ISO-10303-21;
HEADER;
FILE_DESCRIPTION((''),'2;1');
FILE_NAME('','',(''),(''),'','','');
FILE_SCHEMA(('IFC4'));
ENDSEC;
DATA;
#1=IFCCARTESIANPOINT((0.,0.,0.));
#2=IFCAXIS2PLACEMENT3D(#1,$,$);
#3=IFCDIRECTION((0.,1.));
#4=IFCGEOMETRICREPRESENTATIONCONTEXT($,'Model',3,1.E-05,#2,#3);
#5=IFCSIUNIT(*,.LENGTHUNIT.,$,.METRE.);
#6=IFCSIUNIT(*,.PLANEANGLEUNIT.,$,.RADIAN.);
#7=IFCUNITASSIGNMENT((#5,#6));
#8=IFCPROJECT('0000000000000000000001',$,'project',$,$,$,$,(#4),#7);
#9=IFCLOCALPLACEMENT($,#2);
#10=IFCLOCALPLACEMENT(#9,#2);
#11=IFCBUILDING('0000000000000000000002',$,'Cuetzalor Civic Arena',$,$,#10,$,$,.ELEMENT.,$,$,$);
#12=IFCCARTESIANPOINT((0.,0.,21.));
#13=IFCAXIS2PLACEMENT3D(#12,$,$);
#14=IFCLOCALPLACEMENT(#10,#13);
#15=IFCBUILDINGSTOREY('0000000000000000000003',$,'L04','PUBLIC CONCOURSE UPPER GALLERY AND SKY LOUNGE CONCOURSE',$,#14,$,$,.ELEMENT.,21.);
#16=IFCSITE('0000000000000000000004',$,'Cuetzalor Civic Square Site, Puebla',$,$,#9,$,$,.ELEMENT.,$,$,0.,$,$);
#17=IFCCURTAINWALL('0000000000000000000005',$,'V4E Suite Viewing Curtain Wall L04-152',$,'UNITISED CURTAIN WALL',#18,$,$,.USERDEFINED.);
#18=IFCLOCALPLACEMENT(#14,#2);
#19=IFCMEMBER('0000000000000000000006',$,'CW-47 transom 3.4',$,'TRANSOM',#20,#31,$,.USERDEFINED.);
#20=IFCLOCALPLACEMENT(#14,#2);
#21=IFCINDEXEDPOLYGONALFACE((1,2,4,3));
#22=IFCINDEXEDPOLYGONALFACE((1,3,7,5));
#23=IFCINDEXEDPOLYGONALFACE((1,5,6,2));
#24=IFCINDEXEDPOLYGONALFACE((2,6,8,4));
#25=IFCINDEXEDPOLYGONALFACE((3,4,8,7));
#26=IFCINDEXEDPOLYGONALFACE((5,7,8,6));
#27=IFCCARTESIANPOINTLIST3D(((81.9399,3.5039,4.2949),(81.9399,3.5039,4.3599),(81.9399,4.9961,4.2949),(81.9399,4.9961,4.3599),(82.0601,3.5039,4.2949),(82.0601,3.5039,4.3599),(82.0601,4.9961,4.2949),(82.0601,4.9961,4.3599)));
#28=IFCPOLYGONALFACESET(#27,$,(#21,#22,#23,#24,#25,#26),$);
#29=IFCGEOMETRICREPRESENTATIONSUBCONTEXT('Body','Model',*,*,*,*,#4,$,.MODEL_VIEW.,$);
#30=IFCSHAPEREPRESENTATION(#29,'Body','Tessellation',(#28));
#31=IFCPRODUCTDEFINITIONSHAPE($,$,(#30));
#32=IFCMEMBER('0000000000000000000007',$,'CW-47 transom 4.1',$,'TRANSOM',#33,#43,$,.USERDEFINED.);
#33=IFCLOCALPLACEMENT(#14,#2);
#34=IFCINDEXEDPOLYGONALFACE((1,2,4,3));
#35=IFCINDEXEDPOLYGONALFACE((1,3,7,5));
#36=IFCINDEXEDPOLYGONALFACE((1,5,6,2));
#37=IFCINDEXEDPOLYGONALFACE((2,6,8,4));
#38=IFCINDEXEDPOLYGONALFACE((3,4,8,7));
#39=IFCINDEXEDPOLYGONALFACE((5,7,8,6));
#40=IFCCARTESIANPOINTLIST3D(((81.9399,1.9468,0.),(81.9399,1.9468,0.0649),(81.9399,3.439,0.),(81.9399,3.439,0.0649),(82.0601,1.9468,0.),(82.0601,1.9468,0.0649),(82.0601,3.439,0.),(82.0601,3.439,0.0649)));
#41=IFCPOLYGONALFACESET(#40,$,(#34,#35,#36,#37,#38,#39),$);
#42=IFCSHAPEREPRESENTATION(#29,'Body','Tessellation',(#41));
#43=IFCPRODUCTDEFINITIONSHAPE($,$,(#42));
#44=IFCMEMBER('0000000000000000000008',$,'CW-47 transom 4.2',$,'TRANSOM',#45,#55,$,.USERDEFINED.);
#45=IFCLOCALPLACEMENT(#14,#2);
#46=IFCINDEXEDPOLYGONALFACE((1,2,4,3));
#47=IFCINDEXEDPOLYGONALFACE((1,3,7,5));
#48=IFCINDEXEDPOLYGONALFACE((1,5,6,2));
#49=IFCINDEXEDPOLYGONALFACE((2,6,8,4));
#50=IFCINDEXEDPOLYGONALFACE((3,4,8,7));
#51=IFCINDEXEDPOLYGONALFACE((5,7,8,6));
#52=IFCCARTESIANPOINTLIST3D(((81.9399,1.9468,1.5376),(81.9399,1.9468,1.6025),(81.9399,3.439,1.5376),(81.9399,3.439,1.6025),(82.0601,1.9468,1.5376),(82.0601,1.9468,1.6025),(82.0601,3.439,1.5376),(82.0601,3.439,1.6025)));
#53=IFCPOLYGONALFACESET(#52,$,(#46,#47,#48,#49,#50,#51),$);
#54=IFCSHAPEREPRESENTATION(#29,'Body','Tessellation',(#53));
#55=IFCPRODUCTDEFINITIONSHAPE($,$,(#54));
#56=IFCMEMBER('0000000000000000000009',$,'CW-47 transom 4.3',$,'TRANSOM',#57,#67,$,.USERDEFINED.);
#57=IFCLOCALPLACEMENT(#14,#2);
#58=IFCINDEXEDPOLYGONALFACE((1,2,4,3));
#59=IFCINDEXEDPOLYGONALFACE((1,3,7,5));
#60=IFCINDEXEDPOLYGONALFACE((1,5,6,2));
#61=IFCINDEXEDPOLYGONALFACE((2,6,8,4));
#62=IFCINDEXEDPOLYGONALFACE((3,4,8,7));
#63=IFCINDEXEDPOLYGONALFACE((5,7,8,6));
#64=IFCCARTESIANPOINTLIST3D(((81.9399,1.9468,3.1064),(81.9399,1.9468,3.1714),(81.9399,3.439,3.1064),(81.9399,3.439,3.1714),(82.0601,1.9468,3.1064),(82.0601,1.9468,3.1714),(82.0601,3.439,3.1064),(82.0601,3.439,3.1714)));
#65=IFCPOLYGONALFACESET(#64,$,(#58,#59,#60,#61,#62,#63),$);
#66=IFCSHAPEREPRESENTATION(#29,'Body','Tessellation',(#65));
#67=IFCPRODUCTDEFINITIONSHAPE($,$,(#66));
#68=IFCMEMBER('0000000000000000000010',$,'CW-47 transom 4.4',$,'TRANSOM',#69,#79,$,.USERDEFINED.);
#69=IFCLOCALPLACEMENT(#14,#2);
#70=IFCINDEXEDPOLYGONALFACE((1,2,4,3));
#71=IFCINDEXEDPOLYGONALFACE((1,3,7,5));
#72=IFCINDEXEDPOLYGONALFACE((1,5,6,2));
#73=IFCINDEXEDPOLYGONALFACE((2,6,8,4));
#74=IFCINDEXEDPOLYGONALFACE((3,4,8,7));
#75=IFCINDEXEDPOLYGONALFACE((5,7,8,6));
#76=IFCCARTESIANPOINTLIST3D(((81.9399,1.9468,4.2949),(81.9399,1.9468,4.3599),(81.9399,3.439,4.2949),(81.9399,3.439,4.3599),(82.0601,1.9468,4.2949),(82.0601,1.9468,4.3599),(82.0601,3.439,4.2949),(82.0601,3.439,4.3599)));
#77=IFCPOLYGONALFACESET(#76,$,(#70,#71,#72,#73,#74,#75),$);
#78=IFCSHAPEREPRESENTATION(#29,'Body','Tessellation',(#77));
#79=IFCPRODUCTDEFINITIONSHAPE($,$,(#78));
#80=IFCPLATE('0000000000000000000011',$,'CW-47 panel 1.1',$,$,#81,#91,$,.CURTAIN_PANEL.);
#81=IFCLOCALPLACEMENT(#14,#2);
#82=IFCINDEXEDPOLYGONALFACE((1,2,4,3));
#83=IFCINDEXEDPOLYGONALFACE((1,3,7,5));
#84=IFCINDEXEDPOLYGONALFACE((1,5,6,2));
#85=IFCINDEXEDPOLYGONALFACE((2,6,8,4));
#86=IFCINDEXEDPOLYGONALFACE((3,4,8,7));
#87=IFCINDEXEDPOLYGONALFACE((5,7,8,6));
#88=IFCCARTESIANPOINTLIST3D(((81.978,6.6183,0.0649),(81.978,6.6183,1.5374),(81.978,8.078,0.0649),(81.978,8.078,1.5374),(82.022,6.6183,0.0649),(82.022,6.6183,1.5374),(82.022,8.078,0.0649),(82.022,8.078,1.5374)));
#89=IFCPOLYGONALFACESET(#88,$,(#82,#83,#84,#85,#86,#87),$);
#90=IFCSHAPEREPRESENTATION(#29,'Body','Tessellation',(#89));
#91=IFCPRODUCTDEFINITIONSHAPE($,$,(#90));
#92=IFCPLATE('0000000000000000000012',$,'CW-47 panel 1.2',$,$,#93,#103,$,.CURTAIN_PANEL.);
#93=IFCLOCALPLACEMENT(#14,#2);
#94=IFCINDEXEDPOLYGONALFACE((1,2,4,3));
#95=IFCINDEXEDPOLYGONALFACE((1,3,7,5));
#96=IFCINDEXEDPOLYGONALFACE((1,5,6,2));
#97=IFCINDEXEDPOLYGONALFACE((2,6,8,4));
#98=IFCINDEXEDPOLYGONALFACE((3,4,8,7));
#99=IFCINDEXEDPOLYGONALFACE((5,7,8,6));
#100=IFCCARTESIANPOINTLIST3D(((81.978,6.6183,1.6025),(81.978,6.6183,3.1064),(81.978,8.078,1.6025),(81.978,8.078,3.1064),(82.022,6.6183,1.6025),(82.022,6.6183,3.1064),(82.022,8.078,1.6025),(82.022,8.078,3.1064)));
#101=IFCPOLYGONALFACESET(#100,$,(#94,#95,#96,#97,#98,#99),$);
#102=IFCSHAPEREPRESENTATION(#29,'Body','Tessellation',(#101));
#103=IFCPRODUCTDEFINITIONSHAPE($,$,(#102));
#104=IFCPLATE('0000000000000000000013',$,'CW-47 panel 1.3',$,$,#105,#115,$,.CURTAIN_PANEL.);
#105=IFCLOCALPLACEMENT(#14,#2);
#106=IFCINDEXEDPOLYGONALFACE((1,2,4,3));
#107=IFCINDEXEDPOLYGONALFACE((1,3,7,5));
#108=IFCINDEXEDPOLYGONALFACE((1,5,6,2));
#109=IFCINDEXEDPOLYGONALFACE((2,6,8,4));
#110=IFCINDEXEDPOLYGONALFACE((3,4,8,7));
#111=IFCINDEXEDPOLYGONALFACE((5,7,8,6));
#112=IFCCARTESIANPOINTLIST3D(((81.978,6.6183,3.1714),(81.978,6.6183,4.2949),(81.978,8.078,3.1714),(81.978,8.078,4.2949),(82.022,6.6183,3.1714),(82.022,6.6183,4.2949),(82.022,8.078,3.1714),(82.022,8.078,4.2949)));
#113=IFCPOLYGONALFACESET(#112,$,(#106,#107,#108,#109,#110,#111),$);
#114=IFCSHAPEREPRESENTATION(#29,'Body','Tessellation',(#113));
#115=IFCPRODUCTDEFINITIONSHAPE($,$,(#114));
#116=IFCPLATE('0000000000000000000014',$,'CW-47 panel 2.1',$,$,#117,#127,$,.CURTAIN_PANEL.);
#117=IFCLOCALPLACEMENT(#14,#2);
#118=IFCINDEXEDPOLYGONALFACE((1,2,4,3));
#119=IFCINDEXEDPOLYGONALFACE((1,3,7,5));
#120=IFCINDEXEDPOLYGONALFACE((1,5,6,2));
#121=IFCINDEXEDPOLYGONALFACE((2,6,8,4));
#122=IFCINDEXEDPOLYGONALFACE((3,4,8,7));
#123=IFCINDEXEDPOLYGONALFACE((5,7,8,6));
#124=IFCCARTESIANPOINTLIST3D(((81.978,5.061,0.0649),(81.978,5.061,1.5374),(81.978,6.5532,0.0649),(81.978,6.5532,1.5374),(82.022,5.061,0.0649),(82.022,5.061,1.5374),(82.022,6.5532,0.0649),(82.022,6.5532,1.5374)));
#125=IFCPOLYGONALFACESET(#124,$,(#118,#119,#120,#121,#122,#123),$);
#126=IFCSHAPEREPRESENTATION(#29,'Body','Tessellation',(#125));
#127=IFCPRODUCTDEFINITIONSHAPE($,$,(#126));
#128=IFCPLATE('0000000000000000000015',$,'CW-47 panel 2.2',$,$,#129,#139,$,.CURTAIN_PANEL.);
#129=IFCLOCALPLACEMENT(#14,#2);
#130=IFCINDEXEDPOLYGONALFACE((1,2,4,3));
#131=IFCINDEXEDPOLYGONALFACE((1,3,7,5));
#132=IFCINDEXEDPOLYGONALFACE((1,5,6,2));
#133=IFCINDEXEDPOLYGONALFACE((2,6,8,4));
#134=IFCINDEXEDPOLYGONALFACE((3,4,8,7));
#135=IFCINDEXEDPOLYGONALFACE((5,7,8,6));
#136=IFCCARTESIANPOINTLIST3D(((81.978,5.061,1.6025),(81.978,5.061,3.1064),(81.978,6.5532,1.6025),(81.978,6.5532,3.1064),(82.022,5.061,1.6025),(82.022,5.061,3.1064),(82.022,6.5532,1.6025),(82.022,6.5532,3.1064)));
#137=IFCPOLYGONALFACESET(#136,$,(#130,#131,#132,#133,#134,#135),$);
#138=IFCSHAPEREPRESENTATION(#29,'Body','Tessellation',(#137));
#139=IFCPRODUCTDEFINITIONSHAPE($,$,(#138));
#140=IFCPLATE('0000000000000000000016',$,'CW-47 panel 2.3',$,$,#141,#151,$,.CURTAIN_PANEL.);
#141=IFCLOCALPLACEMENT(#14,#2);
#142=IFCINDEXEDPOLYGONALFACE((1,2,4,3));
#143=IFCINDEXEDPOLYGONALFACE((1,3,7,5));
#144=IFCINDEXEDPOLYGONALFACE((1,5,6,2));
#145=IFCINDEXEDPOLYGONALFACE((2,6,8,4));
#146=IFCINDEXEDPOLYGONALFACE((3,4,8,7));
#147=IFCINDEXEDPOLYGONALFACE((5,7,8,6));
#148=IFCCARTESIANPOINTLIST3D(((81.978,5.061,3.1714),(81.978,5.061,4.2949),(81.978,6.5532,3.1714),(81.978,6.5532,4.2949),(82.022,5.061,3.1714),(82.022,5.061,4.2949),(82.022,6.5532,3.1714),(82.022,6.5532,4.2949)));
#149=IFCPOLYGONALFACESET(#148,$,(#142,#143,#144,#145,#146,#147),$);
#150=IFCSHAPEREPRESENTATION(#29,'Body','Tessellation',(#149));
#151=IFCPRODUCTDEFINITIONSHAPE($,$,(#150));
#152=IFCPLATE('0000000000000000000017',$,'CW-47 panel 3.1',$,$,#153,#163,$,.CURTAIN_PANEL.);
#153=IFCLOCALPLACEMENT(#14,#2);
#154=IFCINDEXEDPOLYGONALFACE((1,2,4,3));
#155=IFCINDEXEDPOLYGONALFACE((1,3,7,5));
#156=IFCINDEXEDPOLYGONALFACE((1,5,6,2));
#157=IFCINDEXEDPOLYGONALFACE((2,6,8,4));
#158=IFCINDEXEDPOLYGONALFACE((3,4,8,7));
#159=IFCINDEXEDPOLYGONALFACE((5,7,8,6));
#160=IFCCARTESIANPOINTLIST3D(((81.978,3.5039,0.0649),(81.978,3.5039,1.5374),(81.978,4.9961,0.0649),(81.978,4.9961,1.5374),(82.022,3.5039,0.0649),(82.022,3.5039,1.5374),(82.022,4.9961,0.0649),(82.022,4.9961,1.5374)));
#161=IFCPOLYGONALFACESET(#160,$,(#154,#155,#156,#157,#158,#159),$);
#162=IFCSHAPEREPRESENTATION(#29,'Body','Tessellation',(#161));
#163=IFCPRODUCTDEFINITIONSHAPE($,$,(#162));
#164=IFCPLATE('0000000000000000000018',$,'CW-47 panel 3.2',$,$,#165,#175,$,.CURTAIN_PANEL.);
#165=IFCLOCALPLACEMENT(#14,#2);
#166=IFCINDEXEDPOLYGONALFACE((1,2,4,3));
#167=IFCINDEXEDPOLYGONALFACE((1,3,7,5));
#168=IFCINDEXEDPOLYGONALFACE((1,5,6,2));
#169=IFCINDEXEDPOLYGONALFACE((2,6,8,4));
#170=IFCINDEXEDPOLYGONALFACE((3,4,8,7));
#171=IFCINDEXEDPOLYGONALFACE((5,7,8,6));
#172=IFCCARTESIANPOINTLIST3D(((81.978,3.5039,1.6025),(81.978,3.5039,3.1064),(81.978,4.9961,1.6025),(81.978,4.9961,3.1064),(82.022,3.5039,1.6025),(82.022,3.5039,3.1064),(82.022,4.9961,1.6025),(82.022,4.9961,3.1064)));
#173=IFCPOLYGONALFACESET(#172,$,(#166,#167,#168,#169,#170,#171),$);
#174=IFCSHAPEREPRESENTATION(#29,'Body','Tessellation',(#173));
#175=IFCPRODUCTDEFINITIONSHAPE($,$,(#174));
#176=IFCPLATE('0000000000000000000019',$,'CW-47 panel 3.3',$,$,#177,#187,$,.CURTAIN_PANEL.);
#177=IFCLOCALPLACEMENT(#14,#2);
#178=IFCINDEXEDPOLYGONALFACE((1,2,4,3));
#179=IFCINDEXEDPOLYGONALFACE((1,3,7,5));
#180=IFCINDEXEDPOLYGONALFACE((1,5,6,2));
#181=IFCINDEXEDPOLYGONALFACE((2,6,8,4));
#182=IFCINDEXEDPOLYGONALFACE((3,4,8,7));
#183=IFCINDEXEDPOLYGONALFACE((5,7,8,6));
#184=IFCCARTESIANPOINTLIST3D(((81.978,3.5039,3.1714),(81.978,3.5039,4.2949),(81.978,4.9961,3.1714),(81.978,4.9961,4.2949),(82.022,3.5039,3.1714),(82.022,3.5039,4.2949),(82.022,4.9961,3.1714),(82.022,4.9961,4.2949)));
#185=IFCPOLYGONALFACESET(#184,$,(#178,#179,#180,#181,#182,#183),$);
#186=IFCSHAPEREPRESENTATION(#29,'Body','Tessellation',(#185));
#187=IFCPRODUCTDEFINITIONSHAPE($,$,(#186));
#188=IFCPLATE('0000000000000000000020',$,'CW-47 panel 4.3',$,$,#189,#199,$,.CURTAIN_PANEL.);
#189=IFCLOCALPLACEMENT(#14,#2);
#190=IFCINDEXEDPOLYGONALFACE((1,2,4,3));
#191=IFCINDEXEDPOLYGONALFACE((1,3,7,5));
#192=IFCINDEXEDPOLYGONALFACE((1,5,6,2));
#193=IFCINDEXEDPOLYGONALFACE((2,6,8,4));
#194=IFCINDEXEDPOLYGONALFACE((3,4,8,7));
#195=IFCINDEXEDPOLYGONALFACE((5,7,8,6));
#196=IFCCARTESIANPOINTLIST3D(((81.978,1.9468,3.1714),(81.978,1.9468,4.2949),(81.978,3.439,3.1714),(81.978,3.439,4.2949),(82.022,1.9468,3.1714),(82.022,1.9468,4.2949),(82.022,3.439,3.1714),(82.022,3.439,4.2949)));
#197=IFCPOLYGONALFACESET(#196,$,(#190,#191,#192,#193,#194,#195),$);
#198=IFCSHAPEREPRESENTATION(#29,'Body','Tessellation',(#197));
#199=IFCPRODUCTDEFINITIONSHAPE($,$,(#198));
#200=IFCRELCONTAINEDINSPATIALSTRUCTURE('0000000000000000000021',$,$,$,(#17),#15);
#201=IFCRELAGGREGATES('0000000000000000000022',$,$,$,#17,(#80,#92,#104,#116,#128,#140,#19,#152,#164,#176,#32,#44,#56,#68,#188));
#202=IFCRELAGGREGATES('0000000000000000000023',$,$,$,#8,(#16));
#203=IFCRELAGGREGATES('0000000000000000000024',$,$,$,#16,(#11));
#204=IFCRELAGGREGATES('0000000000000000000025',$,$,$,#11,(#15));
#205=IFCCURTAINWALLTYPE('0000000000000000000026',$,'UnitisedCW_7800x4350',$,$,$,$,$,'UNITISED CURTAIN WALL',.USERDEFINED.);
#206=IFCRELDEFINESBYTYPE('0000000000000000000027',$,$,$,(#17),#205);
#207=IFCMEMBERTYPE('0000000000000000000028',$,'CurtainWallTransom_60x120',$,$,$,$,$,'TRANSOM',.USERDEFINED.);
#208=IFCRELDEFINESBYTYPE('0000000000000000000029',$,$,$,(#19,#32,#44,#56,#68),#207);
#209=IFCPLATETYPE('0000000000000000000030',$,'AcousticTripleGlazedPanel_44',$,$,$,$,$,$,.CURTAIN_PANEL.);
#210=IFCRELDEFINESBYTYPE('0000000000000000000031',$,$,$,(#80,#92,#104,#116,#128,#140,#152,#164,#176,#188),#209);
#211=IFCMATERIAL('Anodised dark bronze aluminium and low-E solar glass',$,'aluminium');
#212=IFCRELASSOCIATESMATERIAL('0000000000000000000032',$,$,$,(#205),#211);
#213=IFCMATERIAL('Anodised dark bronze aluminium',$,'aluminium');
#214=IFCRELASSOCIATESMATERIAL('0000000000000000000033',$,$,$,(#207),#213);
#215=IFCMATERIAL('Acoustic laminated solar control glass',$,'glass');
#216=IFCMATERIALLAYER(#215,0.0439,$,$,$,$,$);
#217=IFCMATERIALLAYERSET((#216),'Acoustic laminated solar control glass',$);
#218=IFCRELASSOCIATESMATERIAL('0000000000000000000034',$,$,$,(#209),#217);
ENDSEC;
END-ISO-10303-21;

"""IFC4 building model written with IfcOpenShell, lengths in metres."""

from ifc_helpers import new_model, si_unit, direction, frame, origin, origin_2d, place, context, subcontext, project, spatial, rectangle, extrude, material, layer, layer_set, material_profile, profile_set, type_object, element, aggregate, save


model = new_model("IFC4")

# Units and contexts
model_context = context("Model", 3, precision=1e-05, world=origin(), true_north=direction((0.0, 1.0)))
body_context = subcontext(model_context, "Body", "Model", "MODEL_VIEW")
ifc_project = project(units=[si_unit("LENGTHUNIT", "METRE"), si_unit("PLANEANGLEUNIT", "RADIAN")], contexts=[model_context])

# Site, building, storey
site_placement = place(None, origin())
site = spatial("IfcSite", under=ifc_project, at=site_placement, Name="Cuetzalor Civic Square Site, Puebla", CompositionType="ELEMENT", RefElevation=0.0)
building_placement = place(site_placement, origin())
building = spatial("IfcBuilding", under=site, at=building_placement, Name="Cuetzalor Civic Arena", CompositionType="ELEMENT")
storey_placement = place(building_placement, frame((0.0, 0.0, 21.0)))
storey = spatial("IfcBuildingStorey", under=building, at=storey_placement, Name="L04", Description="PUBLIC CONCOURSE UPPER GALLERY AND SKY LOUNGE CONCOURSE", CompositionType="ELEMENT", Elevation=21.0)

# Curtain wall, members, plates
ifc_material_1 = material(Name="Anodised dark bronze aluminium and low-E solar glass", Category="aluminium")
curtain_wall_type = type_object("IfcCurtainWallType", Name="UnitisedCW_7800x4350", ElementType="UNITISED CURTAIN WALL", PredefinedType="USERDEFINED", material=ifc_material_1)
curtain_wall_placement = place(storey_placement, origin())
curtain_wall = element("IfcCurtainWall", 1, at=curtain_wall_placement, inside=storey, type_object=curtain_wall_type, Name="V4E Suite Viewing Curtain Wall L04-152", ObjectType="UNITISED CURTAIN WALL", PredefinedType="USERDEFINED")
ifc_material_2 = material(Name="Anodised dark bronze aluminium", Category="aluminium")
ifc_material_profile_1 = material_profile(ifc_material_2, rectangle(XDim=0.1201, YDim=0.0649, at=origin_2d()), Name="ALU TRANSOM 65x120")
ifc_profile_set_1 = profile_set([ifc_material_profile_1], Name="Anodised dark bronze aluminium")
member_type_1 = type_object("IfcMemberType", Name="CurtainWallTransom_60x120", ElementType="TRANSOM", PredefinedType="USERDEFINED", material=ifc_profile_set_1)
member_1_placement = place(storey_placement, frame((82.0, 4.9961, 4.3274), z_axis=(0.0, -1.0, 0.0), x_axis=(1.0, 0.0, 0.0)))
member_1 = element("IfcMember", 2, at=member_1_placement, type_object=member_type_1, Name="CW-47 transom 3.4", ObjectType="TRANSOM", PredefinedType="USERDEFINED", context=body_context, shape_type="SweptSolid", body=[
    extrude(rectangle(XDim=0.1201, YDim=0.0649, at=origin_2d()), origin(), (0.0, 0.0, 1.0), 1.4922),
])
member_2_placement = place(storey_placement, frame((82.0, 3.439, 0.0325), z_axis=(0.0, -1.0, 0.0), x_axis=(1.0, 0.0, 0.0)))
member_2 = element("IfcMember", 3, at=member_2_placement, type_object=member_type_1, Name="CW-47 transom 4.1", ObjectType="TRANSOM", PredefinedType="USERDEFINED", context=body_context, shape_type="SweptSolid", body=[
    extrude(rectangle(XDim=0.1201, YDim=0.0649, at=origin_2d()), origin(), (0.0, 0.0, 1.0), 1.4922),
])
member_3_placement = place(storey_placement, frame((82.0, 3.439, 1.5701), z_axis=(0.0, -1.0, 0.0), x_axis=(1.0, 0.0, 0.0)))
member_3 = element("IfcMember", 4, at=member_3_placement, type_object=member_type_1, Name="CW-47 transom 4.2", ObjectType="TRANSOM", PredefinedType="USERDEFINED", context=body_context, shape_type="SweptSolid", body=[
    extrude(rectangle(XDim=0.1201, YDim=0.0649, at=origin_2d()), origin(), (0.0, 0.0, 1.0), 1.4922),
])
member_4_placement = place(storey_placement, frame((82.0, 3.439, 3.1389), z_axis=(0.0, -1.0, 0.0), x_axis=(1.0, 0.0, 0.0)))
member_4 = element("IfcMember", 5, at=member_4_placement, type_object=member_type_1, Name="CW-47 transom 4.3", ObjectType="TRANSOM", PredefinedType="USERDEFINED", context=body_context, shape_type="SweptSolid", body=[
    extrude(rectangle(XDim=0.1201, YDim=0.0649, at=origin_2d()), origin(), (0.0, 0.0, 1.0), 1.4922),
])
member_5_placement = place(storey_placement, frame((82.0, 3.439, 4.3274), z_axis=(0.0, -1.0, 0.0), x_axis=(1.0, 0.0, 0.0)))
member_5 = element("IfcMember", 6, at=member_5_placement, type_object=member_type_1, Name="CW-47 transom 4.4", ObjectType="TRANSOM", PredefinedType="USERDEFINED", context=body_context, shape_type="SweptSolid", body=[
    extrude(rectangle(XDim=0.1201, YDim=0.0649, at=origin_2d()), origin(), (0.0, 0.0, 1.0), 1.4922),
])
ifc_material_3 = material(Name="Acoustic laminated solar control glass", Category="glass")
ifc_layer = layer(ifc_material_3, 0.0439)
ifc_layer_set = layer_set([ifc_layer], Name="Acoustic laminated solar control glass")
plate_type = type_object("IfcPlateType", Name="AcousticTripleGlazedPanel_44", PredefinedType="CURTAIN_PANEL", material=ifc_layer_set)
plate_1_placement = place(storey_placement, frame((82.0, 7.3481, 0.0649), z_axis=(0.0, 0.0, 1.0), x_axis=(0.0, -1.0, 0.0)))
plate_1 = element("IfcPlate", 7, at=plate_1_placement, type_object=plate_type, Name="CW-47 panel 1.1", PredefinedType="CURTAIN_PANEL", context=body_context, shape_type="SweptSolid", body=[
    extrude(rectangle(XDim=1.4597, YDim=0.0439, at=origin_2d()), origin(), (0.0, 0.0, 1.0), 1.4724),
])
plate_2_placement = place(storey_placement, frame((82.0, 7.3481, 1.6025), z_axis=(0.0, 0.0, 1.0), x_axis=(0.0, -1.0, 0.0)))
plate_2 = element("IfcPlate", 8, at=plate_2_placement, type_object=plate_type, Name="CW-47 panel 1.2", PredefinedType="CURTAIN_PANEL", context=body_context, shape_type="SweptSolid", body=[
    extrude(rectangle(XDim=1.4597, YDim=0.0439, at=origin_2d()), origin(), (0.0, 0.0, 1.0), 1.5039),
])
plate_3_placement = place(storey_placement, frame((82.0, 7.3481, 3.1714), z_axis=(0.0, 0.0, 1.0), x_axis=(0.0, -1.0, 0.0)))
plate_3 = element("IfcPlate", 9, at=plate_3_placement, type_object=plate_type, Name="CW-47 panel 1.3", PredefinedType="CURTAIN_PANEL", context=body_context, shape_type="SweptSolid", body=[
    extrude(rectangle(XDim=1.4597, YDim=0.0439, at=origin_2d()), origin(), (0.0, 0.0, 1.0), 1.1235),
])
plate_4_placement = place(storey_placement, frame((82.0, 5.8071, 0.0649), z_axis=(0.0, 0.0, 1.0), x_axis=(0.0, -1.0, 0.0)))
plate_4 = element("IfcPlate", 10, at=plate_4_placement, type_object=plate_type, Name="CW-47 panel 2.1", PredefinedType="CURTAIN_PANEL", context=body_context, shape_type="SweptSolid", body=[
    extrude(rectangle(XDim=1.4922, YDim=0.0439, at=origin_2d()), origin(), (0.0, 0.0, 1.0), 1.4724),
])
plate_5_placement = place(storey_placement, frame((82.0, 5.8071, 1.6025), z_axis=(0.0, 0.0, 1.0), x_axis=(0.0, -1.0, 0.0)))
plate_5 = element("IfcPlate", 11, at=plate_5_placement, type_object=plate_type, Name="CW-47 panel 2.2", PredefinedType="CURTAIN_PANEL", context=body_context, shape_type="SweptSolid", body=[
    extrude(rectangle(XDim=1.4922, YDim=0.0439, at=origin_2d()), origin(), (0.0, 0.0, 1.0), 1.5039),
])
plate_6_placement = place(storey_placement, frame((82.0, 5.8071, 3.1714), z_axis=(0.0, 0.0, 1.0), x_axis=(0.0, -1.0, 0.0)))
plate_6 = element("IfcPlate", 12, at=plate_6_placement, type_object=plate_type, Name="CW-47 panel 2.3", PredefinedType="CURTAIN_PANEL", context=body_context, shape_type="SweptSolid", body=[
    extrude(rectangle(XDim=1.4922, YDim=0.0439, at=origin_2d()), origin(), (0.0, 0.0, 1.0), 1.1235),
])
plate_7_placement = place(storey_placement, frame((82.0, 4.25, 0.0649), z_axis=(0.0, 0.0, 1.0), x_axis=(0.0, -1.0, 0.0)))
plate_7 = element("IfcPlate", 13, at=plate_7_placement, type_object=plate_type, Name="CW-47 panel 3.1", PredefinedType="CURTAIN_PANEL", context=body_context, shape_type="SweptSolid", body=[
    extrude(rectangle(XDim=1.4922, YDim=0.0439, at=origin_2d()), origin(), (0.0, 0.0, 1.0), 1.4724),
])
plate_8_placement = place(storey_placement, frame((82.0, 4.25, 1.6025), z_axis=(0.0, 0.0, 1.0), x_axis=(0.0, -1.0, 0.0)))
plate_8 = element("IfcPlate", 14, at=plate_8_placement, type_object=plate_type, Name="CW-47 panel 3.2", PredefinedType="CURTAIN_PANEL", context=body_context, shape_type="SweptSolid", body=[
    extrude(rectangle(XDim=1.4922, YDim=0.0439, at=origin_2d()), origin(), (0.0, 0.0, 1.0), 1.5039),
])
plate_9_placement = place(storey_placement, frame((82.0, 4.25, 3.1714), z_axis=(0.0, 0.0, 1.0), x_axis=(0.0, -1.0, 0.0)))
plate_9 = element("IfcPlate", 15, at=plate_9_placement, type_object=plate_type, Name="CW-47 panel 3.3", PredefinedType="CURTAIN_PANEL", context=body_context, shape_type="SweptSolid", body=[
    extrude(rectangle(XDim=1.4922, YDim=0.0439, at=origin_2d()), origin(), (0.0, 0.0, 1.0), 1.1235),
])
plate_10_placement = place(storey_placement, frame((82.0, 2.6929, 3.1714), z_axis=(0.0, 0.0, 1.0), x_axis=(0.0, -1.0, 0.0)))
plate_10 = element("IfcPlate", 16, at=plate_10_placement, type_object=plate_type, Name="CW-47 panel 4.3", PredefinedType="CURTAIN_PANEL", context=body_context, shape_type="SweptSolid", body=[
    extrude(rectangle(XDim=1.4922, YDim=0.0439, at=origin_2d()), origin(), (0.0, 0.0, 1.0), 1.1235),
])
aggregate(curtain_wall, [plate_1, plate_2, plate_3, plate_4, plate_5, plate_6, member_1, plate_7, plate_8, plate_9, member_2, member_3, member_4, member_5, plate_10])

save(model, "model.ifc")
